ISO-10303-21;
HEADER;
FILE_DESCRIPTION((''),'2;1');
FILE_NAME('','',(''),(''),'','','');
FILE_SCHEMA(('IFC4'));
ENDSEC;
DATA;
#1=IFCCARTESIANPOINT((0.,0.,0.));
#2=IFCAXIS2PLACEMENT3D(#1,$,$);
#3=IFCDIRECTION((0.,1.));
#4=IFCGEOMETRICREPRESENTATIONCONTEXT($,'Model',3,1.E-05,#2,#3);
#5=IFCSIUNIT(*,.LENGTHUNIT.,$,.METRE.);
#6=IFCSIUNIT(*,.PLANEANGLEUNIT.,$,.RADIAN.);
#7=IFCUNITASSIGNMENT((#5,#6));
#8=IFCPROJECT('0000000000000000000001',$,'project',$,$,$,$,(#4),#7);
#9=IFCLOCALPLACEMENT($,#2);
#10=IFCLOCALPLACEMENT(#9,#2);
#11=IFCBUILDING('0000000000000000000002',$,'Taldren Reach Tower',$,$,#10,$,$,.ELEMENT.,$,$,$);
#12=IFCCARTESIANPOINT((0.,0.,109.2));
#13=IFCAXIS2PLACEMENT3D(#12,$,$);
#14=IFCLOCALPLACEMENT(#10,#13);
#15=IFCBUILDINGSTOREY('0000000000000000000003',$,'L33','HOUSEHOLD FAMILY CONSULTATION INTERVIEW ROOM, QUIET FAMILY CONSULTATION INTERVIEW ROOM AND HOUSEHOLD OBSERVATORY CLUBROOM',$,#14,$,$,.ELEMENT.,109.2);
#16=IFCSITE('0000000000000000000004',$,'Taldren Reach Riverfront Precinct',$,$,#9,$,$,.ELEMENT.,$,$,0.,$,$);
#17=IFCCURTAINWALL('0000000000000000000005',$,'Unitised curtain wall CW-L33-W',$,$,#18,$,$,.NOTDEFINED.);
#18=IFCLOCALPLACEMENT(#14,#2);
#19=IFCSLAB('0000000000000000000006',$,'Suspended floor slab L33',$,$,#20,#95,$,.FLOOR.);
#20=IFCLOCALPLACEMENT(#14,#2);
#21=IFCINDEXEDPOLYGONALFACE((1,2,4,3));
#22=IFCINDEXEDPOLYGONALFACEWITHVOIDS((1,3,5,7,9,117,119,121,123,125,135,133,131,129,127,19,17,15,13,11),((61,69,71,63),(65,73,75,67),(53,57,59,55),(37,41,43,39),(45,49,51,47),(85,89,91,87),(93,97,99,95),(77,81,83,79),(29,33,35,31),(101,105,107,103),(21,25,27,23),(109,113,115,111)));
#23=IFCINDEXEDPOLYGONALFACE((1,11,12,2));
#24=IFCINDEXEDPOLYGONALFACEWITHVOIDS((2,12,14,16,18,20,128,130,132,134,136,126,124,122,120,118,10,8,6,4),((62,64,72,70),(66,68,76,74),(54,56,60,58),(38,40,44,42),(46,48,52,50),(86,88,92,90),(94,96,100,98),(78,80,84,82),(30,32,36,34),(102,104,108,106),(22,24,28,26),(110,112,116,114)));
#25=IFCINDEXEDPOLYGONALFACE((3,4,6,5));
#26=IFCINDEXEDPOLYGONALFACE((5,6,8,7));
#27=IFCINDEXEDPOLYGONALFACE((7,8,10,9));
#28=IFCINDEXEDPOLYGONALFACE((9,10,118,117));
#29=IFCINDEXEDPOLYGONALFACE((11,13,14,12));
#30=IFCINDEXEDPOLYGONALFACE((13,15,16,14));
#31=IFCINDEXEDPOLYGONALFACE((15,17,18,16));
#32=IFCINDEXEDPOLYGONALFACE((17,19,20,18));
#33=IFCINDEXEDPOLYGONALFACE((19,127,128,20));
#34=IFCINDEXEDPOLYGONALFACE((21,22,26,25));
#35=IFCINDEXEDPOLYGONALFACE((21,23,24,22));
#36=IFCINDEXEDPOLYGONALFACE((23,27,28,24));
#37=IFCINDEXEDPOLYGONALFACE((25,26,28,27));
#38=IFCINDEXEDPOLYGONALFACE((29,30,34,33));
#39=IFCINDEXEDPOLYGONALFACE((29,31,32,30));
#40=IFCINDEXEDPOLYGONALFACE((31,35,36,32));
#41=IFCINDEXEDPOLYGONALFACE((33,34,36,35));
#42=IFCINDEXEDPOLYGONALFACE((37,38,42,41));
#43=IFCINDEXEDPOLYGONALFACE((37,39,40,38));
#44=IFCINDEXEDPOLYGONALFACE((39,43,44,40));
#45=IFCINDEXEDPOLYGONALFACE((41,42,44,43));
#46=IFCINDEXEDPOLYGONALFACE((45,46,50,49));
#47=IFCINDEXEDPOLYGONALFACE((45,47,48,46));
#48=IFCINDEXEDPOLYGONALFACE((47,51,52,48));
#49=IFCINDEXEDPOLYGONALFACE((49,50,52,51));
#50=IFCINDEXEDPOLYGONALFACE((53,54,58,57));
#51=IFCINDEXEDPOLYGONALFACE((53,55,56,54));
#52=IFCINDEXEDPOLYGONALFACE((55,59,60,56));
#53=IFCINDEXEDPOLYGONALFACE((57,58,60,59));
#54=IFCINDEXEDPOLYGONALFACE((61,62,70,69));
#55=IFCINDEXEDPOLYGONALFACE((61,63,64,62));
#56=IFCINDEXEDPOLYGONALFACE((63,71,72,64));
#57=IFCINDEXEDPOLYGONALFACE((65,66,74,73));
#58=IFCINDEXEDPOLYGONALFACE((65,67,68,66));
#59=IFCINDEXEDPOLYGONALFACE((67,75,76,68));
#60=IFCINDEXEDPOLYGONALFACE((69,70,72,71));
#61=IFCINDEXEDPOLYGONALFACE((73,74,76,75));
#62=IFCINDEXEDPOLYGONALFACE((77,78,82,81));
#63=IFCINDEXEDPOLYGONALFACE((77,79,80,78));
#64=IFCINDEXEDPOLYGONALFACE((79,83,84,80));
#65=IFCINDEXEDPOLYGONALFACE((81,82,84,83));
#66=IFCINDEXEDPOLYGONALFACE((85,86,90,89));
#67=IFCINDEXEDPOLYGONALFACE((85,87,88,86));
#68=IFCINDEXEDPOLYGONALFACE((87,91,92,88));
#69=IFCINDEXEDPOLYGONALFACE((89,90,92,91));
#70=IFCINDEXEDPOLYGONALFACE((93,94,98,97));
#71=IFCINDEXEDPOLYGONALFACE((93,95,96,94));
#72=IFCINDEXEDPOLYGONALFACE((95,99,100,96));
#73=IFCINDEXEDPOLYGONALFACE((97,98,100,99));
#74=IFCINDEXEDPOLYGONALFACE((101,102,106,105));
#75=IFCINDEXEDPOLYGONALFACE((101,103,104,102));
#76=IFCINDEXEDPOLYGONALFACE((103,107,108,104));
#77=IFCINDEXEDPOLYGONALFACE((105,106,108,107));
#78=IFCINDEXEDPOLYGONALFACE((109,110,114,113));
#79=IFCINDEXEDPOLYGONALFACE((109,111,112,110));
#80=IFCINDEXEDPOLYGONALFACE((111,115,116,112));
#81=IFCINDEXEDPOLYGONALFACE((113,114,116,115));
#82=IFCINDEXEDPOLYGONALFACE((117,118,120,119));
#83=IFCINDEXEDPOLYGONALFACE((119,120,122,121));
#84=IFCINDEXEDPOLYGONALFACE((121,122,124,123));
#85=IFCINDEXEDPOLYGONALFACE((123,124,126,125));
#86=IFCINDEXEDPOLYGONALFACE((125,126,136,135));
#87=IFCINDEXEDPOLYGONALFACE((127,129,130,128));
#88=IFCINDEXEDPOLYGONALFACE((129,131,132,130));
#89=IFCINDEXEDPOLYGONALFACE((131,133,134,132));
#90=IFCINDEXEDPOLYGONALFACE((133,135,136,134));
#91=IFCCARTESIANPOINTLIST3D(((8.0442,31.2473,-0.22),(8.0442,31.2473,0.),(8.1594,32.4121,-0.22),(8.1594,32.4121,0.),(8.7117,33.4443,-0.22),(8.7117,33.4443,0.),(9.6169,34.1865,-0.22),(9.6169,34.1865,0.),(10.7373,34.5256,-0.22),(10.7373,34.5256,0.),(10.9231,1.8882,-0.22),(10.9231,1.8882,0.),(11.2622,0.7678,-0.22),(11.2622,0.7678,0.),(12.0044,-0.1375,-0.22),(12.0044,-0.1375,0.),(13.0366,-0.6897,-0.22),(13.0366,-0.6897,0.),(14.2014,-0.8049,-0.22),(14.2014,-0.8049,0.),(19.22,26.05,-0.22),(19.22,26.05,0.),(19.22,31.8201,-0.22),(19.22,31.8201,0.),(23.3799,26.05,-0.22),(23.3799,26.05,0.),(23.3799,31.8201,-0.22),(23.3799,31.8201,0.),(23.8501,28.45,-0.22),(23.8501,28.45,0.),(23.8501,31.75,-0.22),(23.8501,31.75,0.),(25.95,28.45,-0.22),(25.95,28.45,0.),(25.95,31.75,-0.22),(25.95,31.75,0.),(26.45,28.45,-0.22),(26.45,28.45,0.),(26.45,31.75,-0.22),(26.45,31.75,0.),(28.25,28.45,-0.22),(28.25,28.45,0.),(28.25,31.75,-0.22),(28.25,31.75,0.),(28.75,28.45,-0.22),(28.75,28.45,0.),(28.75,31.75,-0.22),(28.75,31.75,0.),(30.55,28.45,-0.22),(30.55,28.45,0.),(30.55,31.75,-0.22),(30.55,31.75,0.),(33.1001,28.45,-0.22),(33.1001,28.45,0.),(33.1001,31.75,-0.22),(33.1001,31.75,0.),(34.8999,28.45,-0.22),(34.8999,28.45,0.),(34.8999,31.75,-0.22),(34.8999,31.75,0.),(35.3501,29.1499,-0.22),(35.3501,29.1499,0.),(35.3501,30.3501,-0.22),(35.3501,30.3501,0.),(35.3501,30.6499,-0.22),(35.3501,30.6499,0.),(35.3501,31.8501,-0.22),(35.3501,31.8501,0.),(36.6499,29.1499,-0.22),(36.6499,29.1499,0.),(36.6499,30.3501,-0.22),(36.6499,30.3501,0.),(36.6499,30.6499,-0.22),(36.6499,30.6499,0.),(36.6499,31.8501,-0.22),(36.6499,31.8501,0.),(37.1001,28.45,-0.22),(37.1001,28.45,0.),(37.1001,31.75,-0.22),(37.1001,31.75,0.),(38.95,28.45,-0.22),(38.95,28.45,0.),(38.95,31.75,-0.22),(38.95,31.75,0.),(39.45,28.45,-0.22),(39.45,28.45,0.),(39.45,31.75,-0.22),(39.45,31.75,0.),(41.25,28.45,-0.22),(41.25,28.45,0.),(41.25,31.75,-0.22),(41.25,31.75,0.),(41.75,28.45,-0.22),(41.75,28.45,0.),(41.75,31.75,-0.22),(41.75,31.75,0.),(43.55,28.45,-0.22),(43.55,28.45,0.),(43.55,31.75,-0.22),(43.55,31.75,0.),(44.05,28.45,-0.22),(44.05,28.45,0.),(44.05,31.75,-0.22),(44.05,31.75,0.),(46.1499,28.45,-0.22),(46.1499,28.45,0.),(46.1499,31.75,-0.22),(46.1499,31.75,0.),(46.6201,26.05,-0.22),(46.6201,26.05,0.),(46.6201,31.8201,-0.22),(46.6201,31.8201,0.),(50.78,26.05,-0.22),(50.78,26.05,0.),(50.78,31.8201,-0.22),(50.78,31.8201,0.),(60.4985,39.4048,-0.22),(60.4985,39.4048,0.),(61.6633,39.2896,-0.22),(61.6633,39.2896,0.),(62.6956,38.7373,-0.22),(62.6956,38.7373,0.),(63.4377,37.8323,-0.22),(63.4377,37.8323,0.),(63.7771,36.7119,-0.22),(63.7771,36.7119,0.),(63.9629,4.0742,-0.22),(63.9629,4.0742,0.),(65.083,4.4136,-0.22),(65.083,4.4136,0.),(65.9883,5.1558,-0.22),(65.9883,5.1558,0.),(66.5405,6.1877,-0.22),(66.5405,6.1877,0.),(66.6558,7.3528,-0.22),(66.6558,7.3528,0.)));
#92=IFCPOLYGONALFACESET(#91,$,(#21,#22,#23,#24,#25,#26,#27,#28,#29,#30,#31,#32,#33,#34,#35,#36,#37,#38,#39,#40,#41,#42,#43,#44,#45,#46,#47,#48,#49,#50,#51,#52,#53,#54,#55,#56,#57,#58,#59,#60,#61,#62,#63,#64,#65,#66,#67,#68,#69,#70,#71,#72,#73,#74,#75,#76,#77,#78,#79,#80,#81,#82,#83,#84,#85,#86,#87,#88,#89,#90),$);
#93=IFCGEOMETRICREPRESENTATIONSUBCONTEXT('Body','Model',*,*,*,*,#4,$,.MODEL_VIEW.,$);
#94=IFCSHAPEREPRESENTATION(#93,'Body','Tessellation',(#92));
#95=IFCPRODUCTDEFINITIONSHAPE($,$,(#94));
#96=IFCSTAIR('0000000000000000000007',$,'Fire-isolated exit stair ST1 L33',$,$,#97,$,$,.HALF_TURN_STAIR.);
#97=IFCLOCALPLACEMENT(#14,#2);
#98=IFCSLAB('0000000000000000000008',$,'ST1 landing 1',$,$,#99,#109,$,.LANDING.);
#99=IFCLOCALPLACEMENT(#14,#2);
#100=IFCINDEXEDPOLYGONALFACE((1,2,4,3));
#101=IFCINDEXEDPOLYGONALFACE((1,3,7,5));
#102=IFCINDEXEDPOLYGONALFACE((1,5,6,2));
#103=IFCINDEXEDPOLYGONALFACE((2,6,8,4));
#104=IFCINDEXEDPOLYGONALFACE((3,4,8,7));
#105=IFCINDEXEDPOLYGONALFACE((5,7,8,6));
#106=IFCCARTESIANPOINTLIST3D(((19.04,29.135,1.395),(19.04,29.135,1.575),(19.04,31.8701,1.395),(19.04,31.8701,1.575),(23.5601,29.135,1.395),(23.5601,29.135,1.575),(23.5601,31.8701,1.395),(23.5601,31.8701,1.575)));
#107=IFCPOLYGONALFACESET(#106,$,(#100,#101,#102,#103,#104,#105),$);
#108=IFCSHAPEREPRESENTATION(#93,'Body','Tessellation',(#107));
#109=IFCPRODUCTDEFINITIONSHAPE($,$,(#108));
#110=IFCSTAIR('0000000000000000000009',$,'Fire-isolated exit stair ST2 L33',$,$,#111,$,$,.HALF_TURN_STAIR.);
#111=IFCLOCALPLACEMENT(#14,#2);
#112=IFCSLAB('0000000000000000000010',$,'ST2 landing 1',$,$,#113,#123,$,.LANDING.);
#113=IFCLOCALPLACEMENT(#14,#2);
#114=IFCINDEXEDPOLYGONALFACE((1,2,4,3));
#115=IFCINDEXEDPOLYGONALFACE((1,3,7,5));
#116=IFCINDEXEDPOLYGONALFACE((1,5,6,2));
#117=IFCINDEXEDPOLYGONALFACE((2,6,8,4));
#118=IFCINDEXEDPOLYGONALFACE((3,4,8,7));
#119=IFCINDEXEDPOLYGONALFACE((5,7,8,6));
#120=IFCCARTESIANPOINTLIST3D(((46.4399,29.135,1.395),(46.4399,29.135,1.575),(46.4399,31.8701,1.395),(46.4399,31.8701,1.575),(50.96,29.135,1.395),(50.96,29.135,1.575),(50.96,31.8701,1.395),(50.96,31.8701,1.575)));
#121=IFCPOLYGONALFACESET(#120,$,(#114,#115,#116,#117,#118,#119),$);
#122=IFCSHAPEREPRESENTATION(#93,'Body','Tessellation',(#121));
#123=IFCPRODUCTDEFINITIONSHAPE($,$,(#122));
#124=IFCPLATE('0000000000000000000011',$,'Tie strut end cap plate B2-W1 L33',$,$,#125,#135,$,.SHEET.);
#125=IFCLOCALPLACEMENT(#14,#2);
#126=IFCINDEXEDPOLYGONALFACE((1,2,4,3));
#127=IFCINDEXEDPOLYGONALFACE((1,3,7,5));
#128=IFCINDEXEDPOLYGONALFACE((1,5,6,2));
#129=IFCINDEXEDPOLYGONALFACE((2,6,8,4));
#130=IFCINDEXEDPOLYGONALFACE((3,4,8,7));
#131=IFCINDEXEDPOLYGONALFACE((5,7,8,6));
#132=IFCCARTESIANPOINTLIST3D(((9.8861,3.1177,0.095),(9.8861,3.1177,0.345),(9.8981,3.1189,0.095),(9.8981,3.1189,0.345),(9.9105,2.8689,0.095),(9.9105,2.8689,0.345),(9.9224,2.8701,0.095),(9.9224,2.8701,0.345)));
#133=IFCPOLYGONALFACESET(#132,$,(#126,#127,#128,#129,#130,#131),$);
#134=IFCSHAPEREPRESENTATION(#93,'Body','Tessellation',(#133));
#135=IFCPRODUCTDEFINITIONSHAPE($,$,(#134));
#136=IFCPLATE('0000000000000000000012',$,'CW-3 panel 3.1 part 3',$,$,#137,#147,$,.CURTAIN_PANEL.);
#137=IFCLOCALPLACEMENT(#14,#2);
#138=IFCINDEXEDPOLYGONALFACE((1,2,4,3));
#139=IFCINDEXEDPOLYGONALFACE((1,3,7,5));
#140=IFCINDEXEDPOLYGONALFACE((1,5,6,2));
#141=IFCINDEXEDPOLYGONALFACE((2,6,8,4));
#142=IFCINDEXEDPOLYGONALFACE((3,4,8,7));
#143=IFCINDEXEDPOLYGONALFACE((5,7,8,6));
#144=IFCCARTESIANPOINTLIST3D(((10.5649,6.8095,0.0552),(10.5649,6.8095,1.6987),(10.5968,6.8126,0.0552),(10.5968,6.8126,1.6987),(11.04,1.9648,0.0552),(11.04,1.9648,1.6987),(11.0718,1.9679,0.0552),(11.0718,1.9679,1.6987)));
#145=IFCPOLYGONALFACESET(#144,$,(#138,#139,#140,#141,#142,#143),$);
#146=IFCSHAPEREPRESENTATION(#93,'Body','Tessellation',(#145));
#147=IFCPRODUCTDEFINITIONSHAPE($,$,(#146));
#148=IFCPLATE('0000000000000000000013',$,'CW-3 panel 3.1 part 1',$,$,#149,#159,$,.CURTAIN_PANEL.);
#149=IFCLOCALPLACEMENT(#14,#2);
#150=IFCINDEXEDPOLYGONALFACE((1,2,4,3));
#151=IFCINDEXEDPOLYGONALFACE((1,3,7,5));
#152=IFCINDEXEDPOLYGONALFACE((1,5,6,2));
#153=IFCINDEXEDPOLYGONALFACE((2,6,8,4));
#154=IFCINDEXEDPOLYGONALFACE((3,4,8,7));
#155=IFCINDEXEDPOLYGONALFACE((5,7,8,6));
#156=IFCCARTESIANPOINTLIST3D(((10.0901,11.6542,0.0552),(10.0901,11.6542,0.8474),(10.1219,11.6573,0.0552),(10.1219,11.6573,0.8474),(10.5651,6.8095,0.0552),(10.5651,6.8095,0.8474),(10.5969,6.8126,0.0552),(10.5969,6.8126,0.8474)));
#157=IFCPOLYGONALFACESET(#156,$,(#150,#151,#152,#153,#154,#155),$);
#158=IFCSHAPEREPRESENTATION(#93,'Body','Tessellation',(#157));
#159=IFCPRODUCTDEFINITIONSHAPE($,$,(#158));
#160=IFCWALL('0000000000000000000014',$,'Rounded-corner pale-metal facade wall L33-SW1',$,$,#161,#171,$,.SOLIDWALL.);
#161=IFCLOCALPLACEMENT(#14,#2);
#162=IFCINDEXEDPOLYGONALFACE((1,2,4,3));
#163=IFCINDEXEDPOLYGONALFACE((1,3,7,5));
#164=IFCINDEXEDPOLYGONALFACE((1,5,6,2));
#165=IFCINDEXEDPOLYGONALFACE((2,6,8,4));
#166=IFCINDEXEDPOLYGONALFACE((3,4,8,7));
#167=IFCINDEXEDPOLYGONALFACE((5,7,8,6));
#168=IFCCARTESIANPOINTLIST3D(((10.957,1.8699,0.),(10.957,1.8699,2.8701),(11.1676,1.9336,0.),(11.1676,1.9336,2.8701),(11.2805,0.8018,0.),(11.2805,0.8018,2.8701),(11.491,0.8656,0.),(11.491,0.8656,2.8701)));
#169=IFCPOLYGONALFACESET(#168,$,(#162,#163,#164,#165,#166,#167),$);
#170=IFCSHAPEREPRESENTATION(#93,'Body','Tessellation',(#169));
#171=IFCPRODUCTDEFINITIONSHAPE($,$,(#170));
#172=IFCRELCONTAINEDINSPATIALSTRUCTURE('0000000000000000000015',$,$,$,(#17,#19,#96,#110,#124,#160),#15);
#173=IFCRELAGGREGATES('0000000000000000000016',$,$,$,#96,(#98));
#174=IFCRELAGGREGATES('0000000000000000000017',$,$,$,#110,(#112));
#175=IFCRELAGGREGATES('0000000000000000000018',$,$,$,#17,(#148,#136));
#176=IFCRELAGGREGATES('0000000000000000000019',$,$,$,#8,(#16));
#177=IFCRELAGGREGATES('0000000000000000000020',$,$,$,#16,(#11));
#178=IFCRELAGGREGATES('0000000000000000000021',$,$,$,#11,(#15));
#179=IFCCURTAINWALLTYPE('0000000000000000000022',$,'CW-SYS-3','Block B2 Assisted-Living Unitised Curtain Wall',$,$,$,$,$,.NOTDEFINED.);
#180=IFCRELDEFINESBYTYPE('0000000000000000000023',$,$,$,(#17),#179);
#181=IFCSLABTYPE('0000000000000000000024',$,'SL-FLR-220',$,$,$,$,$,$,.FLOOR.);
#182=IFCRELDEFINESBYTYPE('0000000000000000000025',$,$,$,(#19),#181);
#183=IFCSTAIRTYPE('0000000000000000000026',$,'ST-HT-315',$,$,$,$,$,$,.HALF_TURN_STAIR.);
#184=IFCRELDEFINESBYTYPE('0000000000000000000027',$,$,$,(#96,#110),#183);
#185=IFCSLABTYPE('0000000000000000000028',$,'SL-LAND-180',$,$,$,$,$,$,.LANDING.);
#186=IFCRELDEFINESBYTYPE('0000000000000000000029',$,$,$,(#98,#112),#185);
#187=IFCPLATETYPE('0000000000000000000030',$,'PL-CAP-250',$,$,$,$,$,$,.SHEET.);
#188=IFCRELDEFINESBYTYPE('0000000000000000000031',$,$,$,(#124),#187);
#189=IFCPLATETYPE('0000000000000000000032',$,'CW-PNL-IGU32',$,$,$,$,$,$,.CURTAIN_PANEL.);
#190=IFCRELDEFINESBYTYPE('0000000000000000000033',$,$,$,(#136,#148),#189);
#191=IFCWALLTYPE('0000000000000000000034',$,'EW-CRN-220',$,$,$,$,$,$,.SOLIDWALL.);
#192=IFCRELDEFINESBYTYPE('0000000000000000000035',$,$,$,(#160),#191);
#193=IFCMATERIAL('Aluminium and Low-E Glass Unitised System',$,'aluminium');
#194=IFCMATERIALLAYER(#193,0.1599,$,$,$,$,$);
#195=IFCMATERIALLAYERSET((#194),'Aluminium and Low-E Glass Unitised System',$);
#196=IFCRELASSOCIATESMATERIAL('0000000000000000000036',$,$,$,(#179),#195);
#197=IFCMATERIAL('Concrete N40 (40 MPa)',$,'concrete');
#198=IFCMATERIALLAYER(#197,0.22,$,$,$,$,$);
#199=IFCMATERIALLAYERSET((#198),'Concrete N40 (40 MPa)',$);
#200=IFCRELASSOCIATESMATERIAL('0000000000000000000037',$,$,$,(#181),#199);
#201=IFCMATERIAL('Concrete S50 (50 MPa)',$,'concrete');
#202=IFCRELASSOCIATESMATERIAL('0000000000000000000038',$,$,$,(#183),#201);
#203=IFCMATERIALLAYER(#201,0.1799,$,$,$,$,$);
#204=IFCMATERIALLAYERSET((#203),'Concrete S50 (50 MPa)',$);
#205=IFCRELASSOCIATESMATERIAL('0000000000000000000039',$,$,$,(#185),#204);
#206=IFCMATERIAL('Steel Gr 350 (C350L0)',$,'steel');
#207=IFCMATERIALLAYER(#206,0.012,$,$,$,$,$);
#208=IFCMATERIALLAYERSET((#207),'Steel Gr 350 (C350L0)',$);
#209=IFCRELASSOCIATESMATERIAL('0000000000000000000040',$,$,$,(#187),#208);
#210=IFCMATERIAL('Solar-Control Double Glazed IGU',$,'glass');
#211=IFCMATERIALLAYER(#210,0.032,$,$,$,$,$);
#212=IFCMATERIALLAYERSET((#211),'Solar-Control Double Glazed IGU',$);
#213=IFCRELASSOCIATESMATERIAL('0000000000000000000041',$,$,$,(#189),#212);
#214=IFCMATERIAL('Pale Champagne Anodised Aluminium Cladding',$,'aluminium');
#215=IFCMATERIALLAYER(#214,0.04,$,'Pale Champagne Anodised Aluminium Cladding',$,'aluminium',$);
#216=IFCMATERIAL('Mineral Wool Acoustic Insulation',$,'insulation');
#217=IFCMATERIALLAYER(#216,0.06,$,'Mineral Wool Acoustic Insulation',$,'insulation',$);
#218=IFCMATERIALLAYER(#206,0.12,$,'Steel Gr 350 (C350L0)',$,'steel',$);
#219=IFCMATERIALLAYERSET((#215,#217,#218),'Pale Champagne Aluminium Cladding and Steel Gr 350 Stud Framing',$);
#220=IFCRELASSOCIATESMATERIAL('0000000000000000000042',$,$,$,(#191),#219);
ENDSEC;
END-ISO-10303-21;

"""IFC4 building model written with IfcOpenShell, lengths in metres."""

from ifc_helpers import new_model, si_unit, direction, frame, frame_2d, origin, origin_2d, place, context, subcontext, project, spatial, polyline, rectangle, outline, extrude, source, transform, mapped, material, layer, layer_set, type_object, element, aggregate, save


model = new_model("IFC4")

# Units and contexts
model_context = context("Model", 3, precision=1e-05, world=origin(), true_north=direction((0.0, 1.0)))
body_context = subcontext(model_context, "Body", "Model", "MODEL_VIEW")
ifc_project = project(units=[si_unit("LENGTHUNIT", "METRE"), si_unit("PLANEANGLEUNIT", "RADIAN")], contexts=[model_context])

# Site, building, storey
site_placement = place(None, origin())
site = spatial("IfcSite", under=ifc_project, at=site_placement, Name="Taldren Reach Riverfront Precinct", CompositionType="ELEMENT", RefElevation=0.0)
building_placement = place(site_placement, origin())
building = spatial("IfcBuilding", under=site, at=building_placement, Name="Taldren Reach Tower", CompositionType="ELEMENT")
storey_placement = place(building_placement, frame((0.0, 0.0, 109.2)))
storey = spatial("IfcBuildingStorey", under=building, at=storey_placement, Name="L33", Description="HOUSEHOLD FAMILY CONSULTATION INTERVIEW ROOM, QUIET FAMILY CONSULTATION INTERVIEW ROOM AND HOUSEHOLD OBSERVATORY CLUBROOM", CompositionType="ELEMENT", Elevation=109.2)

# Shared definitions
ifc_material_1 = material(Name="Steel Gr 350 (C350L0)", Category="steel")

# Curtain wall
ifc_material_2 = material(Name="Aluminium and Low-E Glass Unitised System", Category="aluminium")
ifc_layer_1 = layer(ifc_material_2, 0.1599)
ifc_layer_set_1 = layer_set([ifc_layer_1], Name="Aluminium and Low-E Glass Unitised System")
curtain_wall_type = type_object("IfcCurtainWallType", Name="CW-SYS-3", Description="Block B2 Assisted-Living Unitised Curtain Wall", PredefinedType="NOTDEFINED", material=ifc_layer_set_1)
curtain_wall_1_placement = place(storey_placement, origin())
curtain_wall_1 = element("IfcCurtainWall", 1, at=curtain_wall_1_placement, inside=storey, type_object=curtain_wall_type, Name="Unitised curtain wall CW-L33-W", PredefinedType="NOTDEFINED")

# Slab
ifc_material_3 = material(Name="Concrete N40 (40 MPa)", Category="concrete")
ifc_layer_2 = layer(ifc_material_3, 0.22)
ifc_layer_set_2 = layer_set([ifc_layer_2], Name="Concrete N40 (40 MPa)")
slab_type_1 = type_object("IfcSlabType", Name="SL-FLR-220", PredefinedType="FLOOR", material=ifc_layer_set_2)
slab_1_placement = place(storey_placement, frame((0.0, 0.0, -0.22)))
element("IfcSlab", 2, at=slab_1_placement, inside=storey, type_object=slab_type_1, Name="Suspended floor slab L33", PredefinedType="FLOOR", context=body_context, shape_type="SweptSolid", body=[
    extrude(outline(polyline([(63.9629, 4.0742), (65.083, 4.4136), (65.9883, 5.1558), (66.5405, 6.1877), (66.6558, 7.3528), (63.7771, 36.7119), (63.4377, 37.8323), (62.6956, 38.7373), (61.6633, 39.2896), (60.4985, 39.4048), (10.7373, 34.5256), (9.6169, 34.1865), (8.7117, 33.4443), (8.1594, 32.4121), (8.0442, 31.2473), (10.9231, 1.8882), (11.2622, 0.7678), (12.0044, -0.1375), (13.0366, -0.6897), (14.2014, -0.8049), (63.9629, 4.0742)]), holes=[polyline([(19.22, 26.05), (23.3799, 26.05), (23.3799, 31.8201), (19.22, 31.8201), (19.22, 26.05)]), polyline([(46.6201, 26.05), (50.78, 26.05), (50.78, 31.8201), (46.6201, 31.8201), (46.6201, 26.05)]), polyline([(23.8501, 28.45), (25.95, 28.45), (25.95, 31.75), (23.8501, 31.75), (23.8501, 28.45)]), polyline([(44.05, 28.45), (46.1499, 28.45), (46.1499, 31.75), (44.05, 31.75), (44.05, 28.45)]), polyline([(26.45, 28.45), (28.25, 28.45), (28.25, 31.75), (26.45, 31.75), (26.45, 28.45)]), polyline([(28.75, 28.45), (30.55, 28.45), (30.55, 31.75), (28.75, 31.75), (28.75, 28.45)]), polyline([(33.1001, 28.45), (34.8999, 28.45), (34.8999, 31.75), (33.1001, 31.75), (33.1001, 28.45)]), polyline([(37.1001, 28.45), (38.95, 28.45), (38.95, 31.75), (37.1001, 31.75), (37.1001, 28.45)]), polyline([(39.45, 28.45), (41.25, 28.45), (41.25, 31.75), (39.45, 31.75), (39.45, 28.45)]), polyline([(41.75, 28.45), (43.55, 28.45), (43.55, 31.75), (41.75, 31.75), (41.75, 28.45)]), polyline([(35.3501, 30.6499), (36.6499, 30.6499), (36.6499, 31.8501), (35.3501, 31.8501), (35.3501, 30.6499)]), polyline([(35.3501, 29.1499), (36.6499, 29.1499), (36.6499, 30.3501), (35.3501, 30.3501), (35.3501, 29.1499)])]), origin(), (0.0, 0.0, 1.0), 0.22),
])

# Stairs, slabs
ifc_material_4 = material(Name="Concrete S50 (50 MPa)", Category="concrete")
stair_type = type_object("IfcStairType", Name="ST-HT-315", PredefinedType="HALF_TURN_STAIR", material=ifc_material_4)
stair_1_placement = place(storey_placement, origin())
stair_1 = element("IfcStair", 3, at=stair_1_placement, inside=storey, type_object=stair_type, Name="Fire-isolated exit stair ST1 L33", PredefinedType="HALF_TURN_STAIR")
ifc_layer_3 = layer(ifc_material_4, 0.1799)
ifc_layer_set_3 = layer_set([ifc_layer_3], Name="Concrete S50 (50 MPa)")
slab_type_2 = type_object("IfcSlabType", Name="SL-LAND-180", PredefinedType="LANDING", material=ifc_layer_set_3)
slab_2_placement = place(storey_placement, frame((0.0, 0.0, 1.395)))
slab_2 = element("IfcSlab", 4, at=slab_2_placement, type_object=slab_type_2, Name="ST1 landing 1", PredefinedType="LANDING", context=body_context, shape_type="SweptSolid", body=[
    extrude(outline(polyline([(19.04, 29.135), (23.5601, 29.135), (23.5601, 31.8701), (19.04, 31.8701), (19.04, 29.135)])), origin(), (0.0, 0.0, 1.0), 0.1799),
])
aggregate(stair_1, [slab_2])
stair_2_placement = place(storey_placement, origin())
stair_2 = element("IfcStair", 5, at=stair_2_placement, inside=storey, type_object=stair_type, Name="Fire-isolated exit stair ST2 L33", PredefinedType="HALF_TURN_STAIR")
slab_3_placement = place(storey_placement, frame((0.0, 0.0, 1.395)))
slab_3 = element("IfcSlab", 6, at=slab_3_placement, type_object=slab_type_2, Name="ST2 landing 1", PredefinedType="LANDING", context=body_context, shape_type="SweptSolid", body=[
    extrude(outline(polyline([(46.4399, 29.135), (50.96, 29.135), (50.96, 31.8701), (46.4399, 31.8701), (46.4399, 29.135)])), origin(), (0.0, 0.0, 1.0), 0.1799),
])
aggregate(stair_2, [slab_3])

# Plates
ifc_layer_4 = layer(ifc_material_1, 0.012)
ifc_layer_set_4 = layer_set([ifc_layer_4], Name="Steel Gr 350 (C350L0)")
plate_type_1 = type_object("IfcPlateType", Name="PL-CAP-250", PredefinedType="SHEET", material=ifc_layer_set_4)
shared_shape_1 = source(origin(), body_context, "Body", "SweptSolid", [
    extrude(rectangle(XDim=0.012, YDim=0.25, at=origin_2d()), origin(), (0.0, 0.0, 1.0), 0.25),
])
plate_1_placement = place(storey_placement, frame((9.9043, 2.9939, 0.095), z_axis=(0.0, 0.0, 1.0), x_axis=(0.995227, 0.097583, 0.0)))
element("IfcPlate", 7, at=plate_1_placement, inside=storey, type_object=plate_type_1, Name="Tie strut end cap plate B2-W1 L33", PredefinedType="SHEET", context=body_context, shape_type="MappedRepresentation", body=[
    mapped(shared_shape_1, transform((0.0, 0.0, 0.0), scale=1.0)),
])
ifc_material_5 = material(Name="Solar-Control Double Glazed IGU", Category="glass")
ifc_layer_5 = layer(ifc_material_5, 0.032)
ifc_layer_set_5 = layer_set([ifc_layer_5], Name="Solar-Control Double Glazed IGU")
plate_type_2 = type_object("IfcPlateType", Name="CW-PNL-IGU32", PredefinedType="CURTAIN_PANEL", material=ifc_layer_set_5)
shared_shape_2 = source(origin(), body_context, "Body", "SweptSolid", [
    extrude(rectangle(XDim=4.8679, YDim=0.032, at=origin_2d()), origin(), (0.0, 0.0, 1.0), 1.6436),
])
plate_2_placement = place(storey_placement, frame((10.8184, 4.3887, 0.0552), z_axis=(0.0, 0.0, 1.0), x_axis=(0.097583, -0.995227, 0.0)))
plate_2 = element("IfcPlate", 8, at=plate_2_placement, type_object=plate_type_2, Name="CW-3 panel 3.1 part 3", PredefinedType="CURTAIN_PANEL", context=body_context, shape_type="MappedRepresentation", body=[
    mapped(shared_shape_2, transform((0.0, 0.0, 0.0), scale=1.0)),
])
shared_shape_3 = source(origin(), body_context, "Body", "SweptSolid", [
    extrude(rectangle(XDim=4.8679, YDim=0.032, at=origin_2d()), origin(), (0.0, 0.0, 1.0), 0.7922),
])
plate_3_placement = place(storey_placement, frame((10.3435, 9.2334, 0.0552), z_axis=(0.0, 0.0, 1.0), x_axis=(0.097583, -0.995227, 0.0)))
plate_3 = element("IfcPlate", 9, at=plate_3_placement, type_object=plate_type_2, Name="CW-3 panel 3.1 part 1", PredefinedType="CURTAIN_PANEL", context=body_context, shape_type="MappedRepresentation", body=[
    mapped(shared_shape_3, transform((0.0, 0.0, 0.0), scale=1.0)),
])
aggregate(curtain_wall_1, [plate_3, plate_2])

# Wall
ifc_material_6 = material(Name="Pale Champagne Anodised Aluminium Cladding", Category="aluminium")
ifc_layer_6 = layer(ifc_material_6, 0.04, Name="Pale Champagne Anodised Aluminium Cladding", Category="aluminium")
ifc_material_7 = material(Name="Mineral Wool Acoustic Insulation", Category="insulation")
ifc_layer_7 = layer(ifc_material_7, 0.06, Name="Mineral Wool Acoustic Insulation", Category="insulation")
ifc_layer_8 = layer(ifc_material_1, 0.12, Name="Steel Gr 350 (C350L0)", Category="steel")
ifc_layer_set_6 = layer_set([ifc_layer_6, ifc_layer_7, ifc_layer_8], Name="Pale Champagne Aluminium Cladding and Steel Gr 350 Stud Framing")
wall_type_1 = type_object("IfcWallType", Name="EW-CRN-220", PredefinedType="SOLIDWALL", material=ifc_layer_set_6)
shared_shape_4 = source(origin(), body_context, "Body", "SweptSolid", [
    extrude(rectangle(XDim=1.116, YDim=0.22, at=frame_2d((0.5581, 0.0))), origin(), (0.0, 0.0, 1.0), 2.8701),
])
for number, where, z_axis, x_axis, name in (
    (10, (11.0623, 1.9019, 0.0), (0.0, 0.0, 1.0), (0.289856, -0.95707, 0.0), "Rounded-corner pale-metal facade wall L33-SW1"),
):
    element("IfcWall", number, at=place(storey_placement, frame(where, z_axis=z_axis, x_axis=x_axis)), inside=storey, type_object=wall_type_1, Name=name, PredefinedType="SOLIDWALL", context=body_context, shape_type="MappedRepresentation", body=[
        mapped(shared_shape_4, transform((0.0, 0.0, 0.0), scale=1.0)),
    ])

save(model, "model.ifc")
